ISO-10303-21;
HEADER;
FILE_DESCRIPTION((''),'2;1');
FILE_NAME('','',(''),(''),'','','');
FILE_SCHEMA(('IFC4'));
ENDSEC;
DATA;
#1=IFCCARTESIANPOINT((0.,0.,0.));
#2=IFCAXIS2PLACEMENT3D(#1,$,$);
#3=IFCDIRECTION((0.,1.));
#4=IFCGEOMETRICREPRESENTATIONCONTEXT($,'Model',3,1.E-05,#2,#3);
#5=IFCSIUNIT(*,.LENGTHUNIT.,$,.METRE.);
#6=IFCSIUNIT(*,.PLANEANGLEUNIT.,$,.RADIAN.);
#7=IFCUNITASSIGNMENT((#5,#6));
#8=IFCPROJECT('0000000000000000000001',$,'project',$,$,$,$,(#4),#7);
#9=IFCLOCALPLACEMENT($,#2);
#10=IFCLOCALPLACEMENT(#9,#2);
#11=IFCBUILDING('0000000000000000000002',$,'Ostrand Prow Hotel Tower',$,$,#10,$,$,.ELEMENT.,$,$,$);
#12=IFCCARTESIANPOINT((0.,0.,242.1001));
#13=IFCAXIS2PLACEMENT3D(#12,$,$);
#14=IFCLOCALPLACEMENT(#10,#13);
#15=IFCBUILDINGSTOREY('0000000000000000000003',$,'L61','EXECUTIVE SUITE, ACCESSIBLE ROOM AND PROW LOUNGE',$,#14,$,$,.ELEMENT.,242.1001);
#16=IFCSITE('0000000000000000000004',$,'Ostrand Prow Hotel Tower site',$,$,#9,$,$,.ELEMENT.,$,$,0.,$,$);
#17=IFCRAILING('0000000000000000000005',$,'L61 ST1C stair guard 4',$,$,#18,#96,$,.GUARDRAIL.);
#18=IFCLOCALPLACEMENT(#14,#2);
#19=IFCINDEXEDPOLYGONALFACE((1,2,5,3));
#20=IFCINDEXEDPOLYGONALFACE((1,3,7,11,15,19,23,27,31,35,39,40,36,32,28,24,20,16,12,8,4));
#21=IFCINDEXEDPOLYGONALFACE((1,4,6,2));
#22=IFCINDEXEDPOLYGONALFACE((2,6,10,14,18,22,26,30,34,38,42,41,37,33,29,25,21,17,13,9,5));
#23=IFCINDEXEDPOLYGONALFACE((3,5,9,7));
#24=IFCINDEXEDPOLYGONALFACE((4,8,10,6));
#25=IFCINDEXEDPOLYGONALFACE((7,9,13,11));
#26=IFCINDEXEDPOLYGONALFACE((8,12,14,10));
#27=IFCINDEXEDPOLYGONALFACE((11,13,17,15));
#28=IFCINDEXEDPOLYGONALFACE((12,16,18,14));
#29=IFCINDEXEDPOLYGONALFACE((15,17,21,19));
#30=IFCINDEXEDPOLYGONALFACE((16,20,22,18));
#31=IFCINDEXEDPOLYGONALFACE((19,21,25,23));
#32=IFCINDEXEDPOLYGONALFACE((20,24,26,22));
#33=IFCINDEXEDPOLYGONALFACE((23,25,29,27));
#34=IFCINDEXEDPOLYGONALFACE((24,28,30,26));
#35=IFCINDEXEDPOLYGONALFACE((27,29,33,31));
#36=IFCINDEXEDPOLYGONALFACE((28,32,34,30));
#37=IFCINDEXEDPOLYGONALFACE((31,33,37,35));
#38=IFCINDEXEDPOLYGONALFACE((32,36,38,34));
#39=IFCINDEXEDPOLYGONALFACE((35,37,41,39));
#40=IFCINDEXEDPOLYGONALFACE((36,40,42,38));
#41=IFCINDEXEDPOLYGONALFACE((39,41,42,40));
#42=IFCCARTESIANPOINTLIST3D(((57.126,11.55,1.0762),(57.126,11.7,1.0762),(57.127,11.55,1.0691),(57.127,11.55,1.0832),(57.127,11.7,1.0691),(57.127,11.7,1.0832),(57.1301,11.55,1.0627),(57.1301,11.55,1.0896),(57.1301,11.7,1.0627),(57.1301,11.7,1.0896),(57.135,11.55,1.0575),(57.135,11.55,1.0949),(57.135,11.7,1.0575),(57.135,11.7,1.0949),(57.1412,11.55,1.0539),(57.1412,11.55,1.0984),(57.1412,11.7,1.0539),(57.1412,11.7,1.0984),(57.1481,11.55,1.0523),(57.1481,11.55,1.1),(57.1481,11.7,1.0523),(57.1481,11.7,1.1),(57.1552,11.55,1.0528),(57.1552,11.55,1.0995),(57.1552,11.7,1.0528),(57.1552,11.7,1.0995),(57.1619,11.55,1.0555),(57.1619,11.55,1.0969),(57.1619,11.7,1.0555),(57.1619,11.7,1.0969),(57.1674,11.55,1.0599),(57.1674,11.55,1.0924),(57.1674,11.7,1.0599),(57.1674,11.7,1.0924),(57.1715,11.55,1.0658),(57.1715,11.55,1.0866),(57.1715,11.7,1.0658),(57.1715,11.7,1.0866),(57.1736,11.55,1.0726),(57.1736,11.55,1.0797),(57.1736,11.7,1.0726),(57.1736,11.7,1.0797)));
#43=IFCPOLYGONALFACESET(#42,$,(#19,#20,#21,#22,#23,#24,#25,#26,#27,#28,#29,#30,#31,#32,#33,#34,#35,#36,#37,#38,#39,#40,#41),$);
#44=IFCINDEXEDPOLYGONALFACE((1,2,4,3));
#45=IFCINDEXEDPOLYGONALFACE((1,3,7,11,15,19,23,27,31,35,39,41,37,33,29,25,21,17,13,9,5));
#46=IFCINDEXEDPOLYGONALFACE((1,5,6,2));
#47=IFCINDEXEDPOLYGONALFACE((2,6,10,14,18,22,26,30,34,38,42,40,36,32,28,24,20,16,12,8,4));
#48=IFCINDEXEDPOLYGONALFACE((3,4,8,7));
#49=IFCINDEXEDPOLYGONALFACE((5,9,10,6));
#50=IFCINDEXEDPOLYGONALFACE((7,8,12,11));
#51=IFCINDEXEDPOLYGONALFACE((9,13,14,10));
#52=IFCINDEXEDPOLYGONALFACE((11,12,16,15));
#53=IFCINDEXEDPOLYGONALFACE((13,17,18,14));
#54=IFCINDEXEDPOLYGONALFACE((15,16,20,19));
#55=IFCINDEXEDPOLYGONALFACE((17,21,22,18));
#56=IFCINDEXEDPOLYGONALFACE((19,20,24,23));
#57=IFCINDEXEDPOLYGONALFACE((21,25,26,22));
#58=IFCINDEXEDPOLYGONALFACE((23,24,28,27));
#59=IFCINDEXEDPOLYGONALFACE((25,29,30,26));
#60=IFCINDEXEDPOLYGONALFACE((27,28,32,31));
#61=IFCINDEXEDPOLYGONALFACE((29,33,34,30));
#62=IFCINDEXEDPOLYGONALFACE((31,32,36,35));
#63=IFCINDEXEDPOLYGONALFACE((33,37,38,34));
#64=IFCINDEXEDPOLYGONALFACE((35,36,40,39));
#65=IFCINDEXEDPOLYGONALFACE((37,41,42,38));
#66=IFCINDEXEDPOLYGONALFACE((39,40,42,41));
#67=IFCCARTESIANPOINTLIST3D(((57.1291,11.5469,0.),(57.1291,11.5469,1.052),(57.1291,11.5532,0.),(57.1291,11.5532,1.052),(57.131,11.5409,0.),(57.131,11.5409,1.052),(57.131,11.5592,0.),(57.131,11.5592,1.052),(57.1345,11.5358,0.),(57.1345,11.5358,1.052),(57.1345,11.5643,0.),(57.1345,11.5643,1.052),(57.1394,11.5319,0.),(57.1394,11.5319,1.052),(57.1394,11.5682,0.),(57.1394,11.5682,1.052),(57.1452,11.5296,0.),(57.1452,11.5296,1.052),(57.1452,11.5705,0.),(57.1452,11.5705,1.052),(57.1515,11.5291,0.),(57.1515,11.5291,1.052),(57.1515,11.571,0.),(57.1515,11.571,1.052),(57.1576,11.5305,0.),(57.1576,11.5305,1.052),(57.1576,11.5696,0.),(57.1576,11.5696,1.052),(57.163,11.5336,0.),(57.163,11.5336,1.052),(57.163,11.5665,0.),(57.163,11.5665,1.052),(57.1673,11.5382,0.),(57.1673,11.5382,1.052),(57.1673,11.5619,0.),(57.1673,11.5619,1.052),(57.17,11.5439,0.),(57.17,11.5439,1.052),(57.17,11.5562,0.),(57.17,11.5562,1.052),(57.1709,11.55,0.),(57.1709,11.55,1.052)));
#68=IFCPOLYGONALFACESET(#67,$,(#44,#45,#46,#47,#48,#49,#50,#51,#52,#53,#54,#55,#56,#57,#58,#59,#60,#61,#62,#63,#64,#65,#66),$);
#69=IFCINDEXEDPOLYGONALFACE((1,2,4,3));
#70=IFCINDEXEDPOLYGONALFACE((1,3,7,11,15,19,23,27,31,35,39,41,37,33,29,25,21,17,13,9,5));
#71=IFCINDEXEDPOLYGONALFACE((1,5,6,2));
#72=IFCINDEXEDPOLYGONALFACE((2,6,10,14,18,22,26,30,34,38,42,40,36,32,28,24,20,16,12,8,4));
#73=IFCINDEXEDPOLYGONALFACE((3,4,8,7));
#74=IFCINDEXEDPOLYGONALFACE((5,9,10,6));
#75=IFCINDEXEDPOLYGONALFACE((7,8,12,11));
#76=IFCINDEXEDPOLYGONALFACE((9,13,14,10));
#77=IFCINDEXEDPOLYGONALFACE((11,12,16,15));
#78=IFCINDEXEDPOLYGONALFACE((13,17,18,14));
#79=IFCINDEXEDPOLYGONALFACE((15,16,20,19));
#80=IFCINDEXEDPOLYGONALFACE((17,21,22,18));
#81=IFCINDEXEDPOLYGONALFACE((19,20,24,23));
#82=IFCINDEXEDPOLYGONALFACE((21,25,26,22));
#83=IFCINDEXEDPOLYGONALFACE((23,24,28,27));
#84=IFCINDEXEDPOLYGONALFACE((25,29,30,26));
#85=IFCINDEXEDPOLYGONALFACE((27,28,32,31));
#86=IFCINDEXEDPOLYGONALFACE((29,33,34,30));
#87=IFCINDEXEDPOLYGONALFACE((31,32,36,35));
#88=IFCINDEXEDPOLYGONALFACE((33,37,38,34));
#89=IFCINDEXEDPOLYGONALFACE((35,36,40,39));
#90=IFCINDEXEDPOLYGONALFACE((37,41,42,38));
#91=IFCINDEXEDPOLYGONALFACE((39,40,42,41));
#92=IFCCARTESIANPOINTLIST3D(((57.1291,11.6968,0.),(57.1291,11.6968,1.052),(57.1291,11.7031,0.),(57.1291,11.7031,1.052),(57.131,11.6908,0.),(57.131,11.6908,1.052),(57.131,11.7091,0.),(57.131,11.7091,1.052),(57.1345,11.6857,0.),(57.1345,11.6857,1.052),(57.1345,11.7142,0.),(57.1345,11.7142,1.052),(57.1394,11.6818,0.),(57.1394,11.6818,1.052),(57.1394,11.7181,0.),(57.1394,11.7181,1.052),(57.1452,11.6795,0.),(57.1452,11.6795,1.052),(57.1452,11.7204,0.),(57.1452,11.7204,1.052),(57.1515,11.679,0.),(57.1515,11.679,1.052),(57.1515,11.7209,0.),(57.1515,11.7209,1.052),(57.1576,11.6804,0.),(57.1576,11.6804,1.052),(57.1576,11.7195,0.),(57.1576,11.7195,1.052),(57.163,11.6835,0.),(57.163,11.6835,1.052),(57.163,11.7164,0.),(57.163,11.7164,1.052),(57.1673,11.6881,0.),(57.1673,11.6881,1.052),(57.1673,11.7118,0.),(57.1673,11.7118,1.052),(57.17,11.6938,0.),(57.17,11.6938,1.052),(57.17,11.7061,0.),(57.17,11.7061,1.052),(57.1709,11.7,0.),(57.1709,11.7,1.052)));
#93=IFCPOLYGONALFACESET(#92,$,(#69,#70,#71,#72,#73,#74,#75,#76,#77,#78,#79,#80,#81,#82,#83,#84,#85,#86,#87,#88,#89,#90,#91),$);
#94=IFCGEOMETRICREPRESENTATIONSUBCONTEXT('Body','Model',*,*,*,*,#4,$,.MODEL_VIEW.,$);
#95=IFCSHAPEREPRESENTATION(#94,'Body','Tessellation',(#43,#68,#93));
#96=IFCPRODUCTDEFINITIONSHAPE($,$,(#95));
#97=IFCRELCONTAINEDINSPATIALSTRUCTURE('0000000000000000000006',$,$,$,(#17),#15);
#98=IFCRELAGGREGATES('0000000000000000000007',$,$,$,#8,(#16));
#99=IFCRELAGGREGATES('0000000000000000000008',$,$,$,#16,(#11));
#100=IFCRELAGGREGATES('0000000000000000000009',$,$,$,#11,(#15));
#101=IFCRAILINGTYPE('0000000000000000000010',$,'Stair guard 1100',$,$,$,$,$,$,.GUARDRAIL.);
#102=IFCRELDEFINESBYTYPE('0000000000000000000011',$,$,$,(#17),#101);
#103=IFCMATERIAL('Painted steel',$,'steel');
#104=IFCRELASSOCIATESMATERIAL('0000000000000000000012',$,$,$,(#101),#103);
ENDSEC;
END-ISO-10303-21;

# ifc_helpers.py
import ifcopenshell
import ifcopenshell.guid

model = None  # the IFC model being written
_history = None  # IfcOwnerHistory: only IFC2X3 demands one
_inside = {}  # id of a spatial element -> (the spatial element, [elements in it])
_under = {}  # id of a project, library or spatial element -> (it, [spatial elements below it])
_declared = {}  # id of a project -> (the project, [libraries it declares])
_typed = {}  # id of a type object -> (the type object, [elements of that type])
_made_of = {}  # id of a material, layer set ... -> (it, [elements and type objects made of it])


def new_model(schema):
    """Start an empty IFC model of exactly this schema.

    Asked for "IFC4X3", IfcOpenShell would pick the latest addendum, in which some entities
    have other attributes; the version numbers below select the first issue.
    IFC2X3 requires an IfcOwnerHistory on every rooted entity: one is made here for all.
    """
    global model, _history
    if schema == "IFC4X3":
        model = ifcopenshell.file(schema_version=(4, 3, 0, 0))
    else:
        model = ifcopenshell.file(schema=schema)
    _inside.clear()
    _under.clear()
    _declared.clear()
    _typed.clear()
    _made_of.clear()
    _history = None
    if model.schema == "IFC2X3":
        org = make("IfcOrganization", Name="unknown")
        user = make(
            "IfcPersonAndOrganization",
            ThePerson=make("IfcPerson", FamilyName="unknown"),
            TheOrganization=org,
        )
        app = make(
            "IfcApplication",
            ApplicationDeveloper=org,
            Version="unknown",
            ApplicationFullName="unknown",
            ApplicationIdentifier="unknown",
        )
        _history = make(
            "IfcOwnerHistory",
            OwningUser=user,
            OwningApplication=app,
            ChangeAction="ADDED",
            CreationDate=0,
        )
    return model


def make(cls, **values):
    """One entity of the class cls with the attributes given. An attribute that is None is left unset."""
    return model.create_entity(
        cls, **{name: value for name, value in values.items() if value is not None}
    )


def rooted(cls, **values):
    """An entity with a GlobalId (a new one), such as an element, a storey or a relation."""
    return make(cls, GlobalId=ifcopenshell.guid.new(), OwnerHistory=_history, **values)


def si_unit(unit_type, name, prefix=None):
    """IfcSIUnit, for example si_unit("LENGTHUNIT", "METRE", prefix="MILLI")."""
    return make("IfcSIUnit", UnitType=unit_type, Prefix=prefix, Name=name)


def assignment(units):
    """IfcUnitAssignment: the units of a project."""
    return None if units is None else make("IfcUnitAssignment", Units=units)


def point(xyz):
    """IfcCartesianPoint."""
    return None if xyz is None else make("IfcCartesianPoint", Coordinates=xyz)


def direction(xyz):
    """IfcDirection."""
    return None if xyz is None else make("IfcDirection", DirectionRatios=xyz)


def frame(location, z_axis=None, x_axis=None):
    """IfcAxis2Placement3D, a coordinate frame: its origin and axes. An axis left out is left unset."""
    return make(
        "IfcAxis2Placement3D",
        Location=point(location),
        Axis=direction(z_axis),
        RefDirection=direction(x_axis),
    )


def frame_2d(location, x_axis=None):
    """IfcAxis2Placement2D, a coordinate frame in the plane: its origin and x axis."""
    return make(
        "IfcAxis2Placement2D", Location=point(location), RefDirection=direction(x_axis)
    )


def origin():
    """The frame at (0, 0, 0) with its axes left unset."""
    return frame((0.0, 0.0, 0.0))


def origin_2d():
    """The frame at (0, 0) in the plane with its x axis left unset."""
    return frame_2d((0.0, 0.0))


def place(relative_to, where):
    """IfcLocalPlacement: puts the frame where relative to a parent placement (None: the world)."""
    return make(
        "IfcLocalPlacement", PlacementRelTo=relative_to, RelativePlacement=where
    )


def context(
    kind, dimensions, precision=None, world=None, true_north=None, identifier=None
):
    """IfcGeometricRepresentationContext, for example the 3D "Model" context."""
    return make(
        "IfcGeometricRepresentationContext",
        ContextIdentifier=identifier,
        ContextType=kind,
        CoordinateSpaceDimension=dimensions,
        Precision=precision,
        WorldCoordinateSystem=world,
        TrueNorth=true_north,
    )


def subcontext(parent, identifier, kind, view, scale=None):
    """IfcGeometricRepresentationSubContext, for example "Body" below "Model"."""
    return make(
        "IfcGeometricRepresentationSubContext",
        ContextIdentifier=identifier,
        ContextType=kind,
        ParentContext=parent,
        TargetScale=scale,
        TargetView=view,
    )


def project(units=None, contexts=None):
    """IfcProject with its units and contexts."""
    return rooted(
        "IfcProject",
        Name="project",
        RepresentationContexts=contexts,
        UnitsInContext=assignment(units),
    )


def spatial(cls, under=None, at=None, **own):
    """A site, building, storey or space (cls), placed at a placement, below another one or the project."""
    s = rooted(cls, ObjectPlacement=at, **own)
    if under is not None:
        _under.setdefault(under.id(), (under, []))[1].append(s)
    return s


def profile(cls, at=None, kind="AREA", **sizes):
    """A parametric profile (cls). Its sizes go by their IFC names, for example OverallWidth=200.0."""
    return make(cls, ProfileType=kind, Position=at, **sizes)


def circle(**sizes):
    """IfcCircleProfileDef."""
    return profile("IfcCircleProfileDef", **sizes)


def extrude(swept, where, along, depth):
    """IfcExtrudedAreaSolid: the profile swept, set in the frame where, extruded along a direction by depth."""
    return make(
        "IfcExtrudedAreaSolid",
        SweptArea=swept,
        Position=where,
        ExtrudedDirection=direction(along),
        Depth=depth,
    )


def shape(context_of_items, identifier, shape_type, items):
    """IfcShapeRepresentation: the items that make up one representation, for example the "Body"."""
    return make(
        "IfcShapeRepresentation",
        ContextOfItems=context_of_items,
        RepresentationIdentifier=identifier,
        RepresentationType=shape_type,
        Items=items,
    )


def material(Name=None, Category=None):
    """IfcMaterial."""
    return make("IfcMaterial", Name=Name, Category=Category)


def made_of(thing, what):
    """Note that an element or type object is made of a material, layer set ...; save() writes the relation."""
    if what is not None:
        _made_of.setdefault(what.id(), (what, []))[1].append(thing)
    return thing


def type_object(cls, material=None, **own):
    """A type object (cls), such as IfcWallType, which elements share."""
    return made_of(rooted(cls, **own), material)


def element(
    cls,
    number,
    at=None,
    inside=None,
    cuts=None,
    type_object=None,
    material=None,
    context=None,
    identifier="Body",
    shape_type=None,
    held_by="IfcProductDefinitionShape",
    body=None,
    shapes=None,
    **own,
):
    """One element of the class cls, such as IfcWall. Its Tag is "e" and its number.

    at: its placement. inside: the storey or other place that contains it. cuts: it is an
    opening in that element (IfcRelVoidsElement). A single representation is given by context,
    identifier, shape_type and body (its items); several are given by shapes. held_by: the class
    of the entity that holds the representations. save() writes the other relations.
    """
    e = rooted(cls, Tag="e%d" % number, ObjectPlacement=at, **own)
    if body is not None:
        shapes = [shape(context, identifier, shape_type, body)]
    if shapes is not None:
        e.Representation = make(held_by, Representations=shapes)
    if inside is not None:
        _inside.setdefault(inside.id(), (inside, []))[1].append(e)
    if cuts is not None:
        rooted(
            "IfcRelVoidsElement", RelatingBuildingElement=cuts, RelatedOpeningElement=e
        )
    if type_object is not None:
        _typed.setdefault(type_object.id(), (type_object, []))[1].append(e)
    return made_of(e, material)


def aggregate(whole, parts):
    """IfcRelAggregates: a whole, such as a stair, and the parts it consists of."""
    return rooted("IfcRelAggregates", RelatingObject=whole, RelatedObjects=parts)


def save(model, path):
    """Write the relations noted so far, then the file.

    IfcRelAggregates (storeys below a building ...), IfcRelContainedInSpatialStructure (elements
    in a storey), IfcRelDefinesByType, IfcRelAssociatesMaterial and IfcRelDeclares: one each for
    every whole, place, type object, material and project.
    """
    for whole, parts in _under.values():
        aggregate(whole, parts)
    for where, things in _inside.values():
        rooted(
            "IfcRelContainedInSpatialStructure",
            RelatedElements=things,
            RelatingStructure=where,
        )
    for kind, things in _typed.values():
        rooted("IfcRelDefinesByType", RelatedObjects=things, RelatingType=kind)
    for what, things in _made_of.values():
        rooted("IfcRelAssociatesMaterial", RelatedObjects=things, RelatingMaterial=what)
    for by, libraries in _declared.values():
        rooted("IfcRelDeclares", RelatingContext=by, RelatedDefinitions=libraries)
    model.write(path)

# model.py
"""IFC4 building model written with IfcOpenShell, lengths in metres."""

from ifc_helpers import new_model, si_unit, direction, frame, origin, origin_2d, place, context, subcontext, project, spatial, circle, extrude, material, type_object, element, save


model = new_model("IFC4")

# Units and contexts
model_context = context("Model", 3, precision=1e-05, world=origin(), true_north=direction((0.0, 1.0)))
body_context = subcontext(model_context, "Body", "Model", "MODEL_VIEW")
ifc_project = project(units=[si_unit("LENGTHUNIT", "METRE"), si_unit("PLANEANGLEUNIT", "RADIAN")], contexts=[model_context])

# Site, building, storey
site_placement = place(None, origin())
site = spatial("IfcSite", under=ifc_project, at=site_placement, Name="Ostrand Prow Hotel Tower site", CompositionType="ELEMENT", RefElevation=0.0)
building_placement = place(site_placement, origin())
building = spatial("IfcBuilding", under=site, at=building_placement, Name="Ostrand Prow Hotel Tower", CompositionType="ELEMENT")
storey_placement = place(building_placement, frame((0.0, 0.0, 242.1001)))
storey = spatial("IfcBuildingStorey", under=building, at=storey_placement, Name="L61", Description="EXECUTIVE SUITE, ACCESSIBLE ROOM AND PROW LOUNGE", CompositionType="ELEMENT", Elevation=242.1001)

# Railing
ifc_material_1 = material(Name="Painted steel", Category="steel")
railing_type_1 = type_object("IfcRailingType", Name="Stair guard 1100", PredefinedType="GUARDRAIL", material=ifc_material_1)
railing_1_placement = place(storey_placement, frame((57.1499, 11.55, 0.0)))
element("IfcRailing", 1, at=railing_1_placement, inside=storey, type_object=railing_type_1, Name="L61 ST1C stair guard 4", PredefinedType="GUARDRAIL", context=body_context, shape_type="SweptSolid", body=[
    extrude(circle(Radius=0.0239, at=origin_2d()), frame((0.0, 0.0, 1.0762), z_axis=(0.0, 1.0, 0.0), x_axis=(-1.0, 0.0, 0.0)), (0.0, 0.0, 1.0), 0.1499),
    extrude(circle(Radius=0.021, at=origin_2d()), origin(), (0.0, 0.0, 1.0), 1.052),
    extrude(circle(Radius=0.021, at=origin_2d()), frame((0.0, 0.1499, 0.0)), (0.0, 0.0, 1.0), 1.052),
])

save(model, "model.ifc")
